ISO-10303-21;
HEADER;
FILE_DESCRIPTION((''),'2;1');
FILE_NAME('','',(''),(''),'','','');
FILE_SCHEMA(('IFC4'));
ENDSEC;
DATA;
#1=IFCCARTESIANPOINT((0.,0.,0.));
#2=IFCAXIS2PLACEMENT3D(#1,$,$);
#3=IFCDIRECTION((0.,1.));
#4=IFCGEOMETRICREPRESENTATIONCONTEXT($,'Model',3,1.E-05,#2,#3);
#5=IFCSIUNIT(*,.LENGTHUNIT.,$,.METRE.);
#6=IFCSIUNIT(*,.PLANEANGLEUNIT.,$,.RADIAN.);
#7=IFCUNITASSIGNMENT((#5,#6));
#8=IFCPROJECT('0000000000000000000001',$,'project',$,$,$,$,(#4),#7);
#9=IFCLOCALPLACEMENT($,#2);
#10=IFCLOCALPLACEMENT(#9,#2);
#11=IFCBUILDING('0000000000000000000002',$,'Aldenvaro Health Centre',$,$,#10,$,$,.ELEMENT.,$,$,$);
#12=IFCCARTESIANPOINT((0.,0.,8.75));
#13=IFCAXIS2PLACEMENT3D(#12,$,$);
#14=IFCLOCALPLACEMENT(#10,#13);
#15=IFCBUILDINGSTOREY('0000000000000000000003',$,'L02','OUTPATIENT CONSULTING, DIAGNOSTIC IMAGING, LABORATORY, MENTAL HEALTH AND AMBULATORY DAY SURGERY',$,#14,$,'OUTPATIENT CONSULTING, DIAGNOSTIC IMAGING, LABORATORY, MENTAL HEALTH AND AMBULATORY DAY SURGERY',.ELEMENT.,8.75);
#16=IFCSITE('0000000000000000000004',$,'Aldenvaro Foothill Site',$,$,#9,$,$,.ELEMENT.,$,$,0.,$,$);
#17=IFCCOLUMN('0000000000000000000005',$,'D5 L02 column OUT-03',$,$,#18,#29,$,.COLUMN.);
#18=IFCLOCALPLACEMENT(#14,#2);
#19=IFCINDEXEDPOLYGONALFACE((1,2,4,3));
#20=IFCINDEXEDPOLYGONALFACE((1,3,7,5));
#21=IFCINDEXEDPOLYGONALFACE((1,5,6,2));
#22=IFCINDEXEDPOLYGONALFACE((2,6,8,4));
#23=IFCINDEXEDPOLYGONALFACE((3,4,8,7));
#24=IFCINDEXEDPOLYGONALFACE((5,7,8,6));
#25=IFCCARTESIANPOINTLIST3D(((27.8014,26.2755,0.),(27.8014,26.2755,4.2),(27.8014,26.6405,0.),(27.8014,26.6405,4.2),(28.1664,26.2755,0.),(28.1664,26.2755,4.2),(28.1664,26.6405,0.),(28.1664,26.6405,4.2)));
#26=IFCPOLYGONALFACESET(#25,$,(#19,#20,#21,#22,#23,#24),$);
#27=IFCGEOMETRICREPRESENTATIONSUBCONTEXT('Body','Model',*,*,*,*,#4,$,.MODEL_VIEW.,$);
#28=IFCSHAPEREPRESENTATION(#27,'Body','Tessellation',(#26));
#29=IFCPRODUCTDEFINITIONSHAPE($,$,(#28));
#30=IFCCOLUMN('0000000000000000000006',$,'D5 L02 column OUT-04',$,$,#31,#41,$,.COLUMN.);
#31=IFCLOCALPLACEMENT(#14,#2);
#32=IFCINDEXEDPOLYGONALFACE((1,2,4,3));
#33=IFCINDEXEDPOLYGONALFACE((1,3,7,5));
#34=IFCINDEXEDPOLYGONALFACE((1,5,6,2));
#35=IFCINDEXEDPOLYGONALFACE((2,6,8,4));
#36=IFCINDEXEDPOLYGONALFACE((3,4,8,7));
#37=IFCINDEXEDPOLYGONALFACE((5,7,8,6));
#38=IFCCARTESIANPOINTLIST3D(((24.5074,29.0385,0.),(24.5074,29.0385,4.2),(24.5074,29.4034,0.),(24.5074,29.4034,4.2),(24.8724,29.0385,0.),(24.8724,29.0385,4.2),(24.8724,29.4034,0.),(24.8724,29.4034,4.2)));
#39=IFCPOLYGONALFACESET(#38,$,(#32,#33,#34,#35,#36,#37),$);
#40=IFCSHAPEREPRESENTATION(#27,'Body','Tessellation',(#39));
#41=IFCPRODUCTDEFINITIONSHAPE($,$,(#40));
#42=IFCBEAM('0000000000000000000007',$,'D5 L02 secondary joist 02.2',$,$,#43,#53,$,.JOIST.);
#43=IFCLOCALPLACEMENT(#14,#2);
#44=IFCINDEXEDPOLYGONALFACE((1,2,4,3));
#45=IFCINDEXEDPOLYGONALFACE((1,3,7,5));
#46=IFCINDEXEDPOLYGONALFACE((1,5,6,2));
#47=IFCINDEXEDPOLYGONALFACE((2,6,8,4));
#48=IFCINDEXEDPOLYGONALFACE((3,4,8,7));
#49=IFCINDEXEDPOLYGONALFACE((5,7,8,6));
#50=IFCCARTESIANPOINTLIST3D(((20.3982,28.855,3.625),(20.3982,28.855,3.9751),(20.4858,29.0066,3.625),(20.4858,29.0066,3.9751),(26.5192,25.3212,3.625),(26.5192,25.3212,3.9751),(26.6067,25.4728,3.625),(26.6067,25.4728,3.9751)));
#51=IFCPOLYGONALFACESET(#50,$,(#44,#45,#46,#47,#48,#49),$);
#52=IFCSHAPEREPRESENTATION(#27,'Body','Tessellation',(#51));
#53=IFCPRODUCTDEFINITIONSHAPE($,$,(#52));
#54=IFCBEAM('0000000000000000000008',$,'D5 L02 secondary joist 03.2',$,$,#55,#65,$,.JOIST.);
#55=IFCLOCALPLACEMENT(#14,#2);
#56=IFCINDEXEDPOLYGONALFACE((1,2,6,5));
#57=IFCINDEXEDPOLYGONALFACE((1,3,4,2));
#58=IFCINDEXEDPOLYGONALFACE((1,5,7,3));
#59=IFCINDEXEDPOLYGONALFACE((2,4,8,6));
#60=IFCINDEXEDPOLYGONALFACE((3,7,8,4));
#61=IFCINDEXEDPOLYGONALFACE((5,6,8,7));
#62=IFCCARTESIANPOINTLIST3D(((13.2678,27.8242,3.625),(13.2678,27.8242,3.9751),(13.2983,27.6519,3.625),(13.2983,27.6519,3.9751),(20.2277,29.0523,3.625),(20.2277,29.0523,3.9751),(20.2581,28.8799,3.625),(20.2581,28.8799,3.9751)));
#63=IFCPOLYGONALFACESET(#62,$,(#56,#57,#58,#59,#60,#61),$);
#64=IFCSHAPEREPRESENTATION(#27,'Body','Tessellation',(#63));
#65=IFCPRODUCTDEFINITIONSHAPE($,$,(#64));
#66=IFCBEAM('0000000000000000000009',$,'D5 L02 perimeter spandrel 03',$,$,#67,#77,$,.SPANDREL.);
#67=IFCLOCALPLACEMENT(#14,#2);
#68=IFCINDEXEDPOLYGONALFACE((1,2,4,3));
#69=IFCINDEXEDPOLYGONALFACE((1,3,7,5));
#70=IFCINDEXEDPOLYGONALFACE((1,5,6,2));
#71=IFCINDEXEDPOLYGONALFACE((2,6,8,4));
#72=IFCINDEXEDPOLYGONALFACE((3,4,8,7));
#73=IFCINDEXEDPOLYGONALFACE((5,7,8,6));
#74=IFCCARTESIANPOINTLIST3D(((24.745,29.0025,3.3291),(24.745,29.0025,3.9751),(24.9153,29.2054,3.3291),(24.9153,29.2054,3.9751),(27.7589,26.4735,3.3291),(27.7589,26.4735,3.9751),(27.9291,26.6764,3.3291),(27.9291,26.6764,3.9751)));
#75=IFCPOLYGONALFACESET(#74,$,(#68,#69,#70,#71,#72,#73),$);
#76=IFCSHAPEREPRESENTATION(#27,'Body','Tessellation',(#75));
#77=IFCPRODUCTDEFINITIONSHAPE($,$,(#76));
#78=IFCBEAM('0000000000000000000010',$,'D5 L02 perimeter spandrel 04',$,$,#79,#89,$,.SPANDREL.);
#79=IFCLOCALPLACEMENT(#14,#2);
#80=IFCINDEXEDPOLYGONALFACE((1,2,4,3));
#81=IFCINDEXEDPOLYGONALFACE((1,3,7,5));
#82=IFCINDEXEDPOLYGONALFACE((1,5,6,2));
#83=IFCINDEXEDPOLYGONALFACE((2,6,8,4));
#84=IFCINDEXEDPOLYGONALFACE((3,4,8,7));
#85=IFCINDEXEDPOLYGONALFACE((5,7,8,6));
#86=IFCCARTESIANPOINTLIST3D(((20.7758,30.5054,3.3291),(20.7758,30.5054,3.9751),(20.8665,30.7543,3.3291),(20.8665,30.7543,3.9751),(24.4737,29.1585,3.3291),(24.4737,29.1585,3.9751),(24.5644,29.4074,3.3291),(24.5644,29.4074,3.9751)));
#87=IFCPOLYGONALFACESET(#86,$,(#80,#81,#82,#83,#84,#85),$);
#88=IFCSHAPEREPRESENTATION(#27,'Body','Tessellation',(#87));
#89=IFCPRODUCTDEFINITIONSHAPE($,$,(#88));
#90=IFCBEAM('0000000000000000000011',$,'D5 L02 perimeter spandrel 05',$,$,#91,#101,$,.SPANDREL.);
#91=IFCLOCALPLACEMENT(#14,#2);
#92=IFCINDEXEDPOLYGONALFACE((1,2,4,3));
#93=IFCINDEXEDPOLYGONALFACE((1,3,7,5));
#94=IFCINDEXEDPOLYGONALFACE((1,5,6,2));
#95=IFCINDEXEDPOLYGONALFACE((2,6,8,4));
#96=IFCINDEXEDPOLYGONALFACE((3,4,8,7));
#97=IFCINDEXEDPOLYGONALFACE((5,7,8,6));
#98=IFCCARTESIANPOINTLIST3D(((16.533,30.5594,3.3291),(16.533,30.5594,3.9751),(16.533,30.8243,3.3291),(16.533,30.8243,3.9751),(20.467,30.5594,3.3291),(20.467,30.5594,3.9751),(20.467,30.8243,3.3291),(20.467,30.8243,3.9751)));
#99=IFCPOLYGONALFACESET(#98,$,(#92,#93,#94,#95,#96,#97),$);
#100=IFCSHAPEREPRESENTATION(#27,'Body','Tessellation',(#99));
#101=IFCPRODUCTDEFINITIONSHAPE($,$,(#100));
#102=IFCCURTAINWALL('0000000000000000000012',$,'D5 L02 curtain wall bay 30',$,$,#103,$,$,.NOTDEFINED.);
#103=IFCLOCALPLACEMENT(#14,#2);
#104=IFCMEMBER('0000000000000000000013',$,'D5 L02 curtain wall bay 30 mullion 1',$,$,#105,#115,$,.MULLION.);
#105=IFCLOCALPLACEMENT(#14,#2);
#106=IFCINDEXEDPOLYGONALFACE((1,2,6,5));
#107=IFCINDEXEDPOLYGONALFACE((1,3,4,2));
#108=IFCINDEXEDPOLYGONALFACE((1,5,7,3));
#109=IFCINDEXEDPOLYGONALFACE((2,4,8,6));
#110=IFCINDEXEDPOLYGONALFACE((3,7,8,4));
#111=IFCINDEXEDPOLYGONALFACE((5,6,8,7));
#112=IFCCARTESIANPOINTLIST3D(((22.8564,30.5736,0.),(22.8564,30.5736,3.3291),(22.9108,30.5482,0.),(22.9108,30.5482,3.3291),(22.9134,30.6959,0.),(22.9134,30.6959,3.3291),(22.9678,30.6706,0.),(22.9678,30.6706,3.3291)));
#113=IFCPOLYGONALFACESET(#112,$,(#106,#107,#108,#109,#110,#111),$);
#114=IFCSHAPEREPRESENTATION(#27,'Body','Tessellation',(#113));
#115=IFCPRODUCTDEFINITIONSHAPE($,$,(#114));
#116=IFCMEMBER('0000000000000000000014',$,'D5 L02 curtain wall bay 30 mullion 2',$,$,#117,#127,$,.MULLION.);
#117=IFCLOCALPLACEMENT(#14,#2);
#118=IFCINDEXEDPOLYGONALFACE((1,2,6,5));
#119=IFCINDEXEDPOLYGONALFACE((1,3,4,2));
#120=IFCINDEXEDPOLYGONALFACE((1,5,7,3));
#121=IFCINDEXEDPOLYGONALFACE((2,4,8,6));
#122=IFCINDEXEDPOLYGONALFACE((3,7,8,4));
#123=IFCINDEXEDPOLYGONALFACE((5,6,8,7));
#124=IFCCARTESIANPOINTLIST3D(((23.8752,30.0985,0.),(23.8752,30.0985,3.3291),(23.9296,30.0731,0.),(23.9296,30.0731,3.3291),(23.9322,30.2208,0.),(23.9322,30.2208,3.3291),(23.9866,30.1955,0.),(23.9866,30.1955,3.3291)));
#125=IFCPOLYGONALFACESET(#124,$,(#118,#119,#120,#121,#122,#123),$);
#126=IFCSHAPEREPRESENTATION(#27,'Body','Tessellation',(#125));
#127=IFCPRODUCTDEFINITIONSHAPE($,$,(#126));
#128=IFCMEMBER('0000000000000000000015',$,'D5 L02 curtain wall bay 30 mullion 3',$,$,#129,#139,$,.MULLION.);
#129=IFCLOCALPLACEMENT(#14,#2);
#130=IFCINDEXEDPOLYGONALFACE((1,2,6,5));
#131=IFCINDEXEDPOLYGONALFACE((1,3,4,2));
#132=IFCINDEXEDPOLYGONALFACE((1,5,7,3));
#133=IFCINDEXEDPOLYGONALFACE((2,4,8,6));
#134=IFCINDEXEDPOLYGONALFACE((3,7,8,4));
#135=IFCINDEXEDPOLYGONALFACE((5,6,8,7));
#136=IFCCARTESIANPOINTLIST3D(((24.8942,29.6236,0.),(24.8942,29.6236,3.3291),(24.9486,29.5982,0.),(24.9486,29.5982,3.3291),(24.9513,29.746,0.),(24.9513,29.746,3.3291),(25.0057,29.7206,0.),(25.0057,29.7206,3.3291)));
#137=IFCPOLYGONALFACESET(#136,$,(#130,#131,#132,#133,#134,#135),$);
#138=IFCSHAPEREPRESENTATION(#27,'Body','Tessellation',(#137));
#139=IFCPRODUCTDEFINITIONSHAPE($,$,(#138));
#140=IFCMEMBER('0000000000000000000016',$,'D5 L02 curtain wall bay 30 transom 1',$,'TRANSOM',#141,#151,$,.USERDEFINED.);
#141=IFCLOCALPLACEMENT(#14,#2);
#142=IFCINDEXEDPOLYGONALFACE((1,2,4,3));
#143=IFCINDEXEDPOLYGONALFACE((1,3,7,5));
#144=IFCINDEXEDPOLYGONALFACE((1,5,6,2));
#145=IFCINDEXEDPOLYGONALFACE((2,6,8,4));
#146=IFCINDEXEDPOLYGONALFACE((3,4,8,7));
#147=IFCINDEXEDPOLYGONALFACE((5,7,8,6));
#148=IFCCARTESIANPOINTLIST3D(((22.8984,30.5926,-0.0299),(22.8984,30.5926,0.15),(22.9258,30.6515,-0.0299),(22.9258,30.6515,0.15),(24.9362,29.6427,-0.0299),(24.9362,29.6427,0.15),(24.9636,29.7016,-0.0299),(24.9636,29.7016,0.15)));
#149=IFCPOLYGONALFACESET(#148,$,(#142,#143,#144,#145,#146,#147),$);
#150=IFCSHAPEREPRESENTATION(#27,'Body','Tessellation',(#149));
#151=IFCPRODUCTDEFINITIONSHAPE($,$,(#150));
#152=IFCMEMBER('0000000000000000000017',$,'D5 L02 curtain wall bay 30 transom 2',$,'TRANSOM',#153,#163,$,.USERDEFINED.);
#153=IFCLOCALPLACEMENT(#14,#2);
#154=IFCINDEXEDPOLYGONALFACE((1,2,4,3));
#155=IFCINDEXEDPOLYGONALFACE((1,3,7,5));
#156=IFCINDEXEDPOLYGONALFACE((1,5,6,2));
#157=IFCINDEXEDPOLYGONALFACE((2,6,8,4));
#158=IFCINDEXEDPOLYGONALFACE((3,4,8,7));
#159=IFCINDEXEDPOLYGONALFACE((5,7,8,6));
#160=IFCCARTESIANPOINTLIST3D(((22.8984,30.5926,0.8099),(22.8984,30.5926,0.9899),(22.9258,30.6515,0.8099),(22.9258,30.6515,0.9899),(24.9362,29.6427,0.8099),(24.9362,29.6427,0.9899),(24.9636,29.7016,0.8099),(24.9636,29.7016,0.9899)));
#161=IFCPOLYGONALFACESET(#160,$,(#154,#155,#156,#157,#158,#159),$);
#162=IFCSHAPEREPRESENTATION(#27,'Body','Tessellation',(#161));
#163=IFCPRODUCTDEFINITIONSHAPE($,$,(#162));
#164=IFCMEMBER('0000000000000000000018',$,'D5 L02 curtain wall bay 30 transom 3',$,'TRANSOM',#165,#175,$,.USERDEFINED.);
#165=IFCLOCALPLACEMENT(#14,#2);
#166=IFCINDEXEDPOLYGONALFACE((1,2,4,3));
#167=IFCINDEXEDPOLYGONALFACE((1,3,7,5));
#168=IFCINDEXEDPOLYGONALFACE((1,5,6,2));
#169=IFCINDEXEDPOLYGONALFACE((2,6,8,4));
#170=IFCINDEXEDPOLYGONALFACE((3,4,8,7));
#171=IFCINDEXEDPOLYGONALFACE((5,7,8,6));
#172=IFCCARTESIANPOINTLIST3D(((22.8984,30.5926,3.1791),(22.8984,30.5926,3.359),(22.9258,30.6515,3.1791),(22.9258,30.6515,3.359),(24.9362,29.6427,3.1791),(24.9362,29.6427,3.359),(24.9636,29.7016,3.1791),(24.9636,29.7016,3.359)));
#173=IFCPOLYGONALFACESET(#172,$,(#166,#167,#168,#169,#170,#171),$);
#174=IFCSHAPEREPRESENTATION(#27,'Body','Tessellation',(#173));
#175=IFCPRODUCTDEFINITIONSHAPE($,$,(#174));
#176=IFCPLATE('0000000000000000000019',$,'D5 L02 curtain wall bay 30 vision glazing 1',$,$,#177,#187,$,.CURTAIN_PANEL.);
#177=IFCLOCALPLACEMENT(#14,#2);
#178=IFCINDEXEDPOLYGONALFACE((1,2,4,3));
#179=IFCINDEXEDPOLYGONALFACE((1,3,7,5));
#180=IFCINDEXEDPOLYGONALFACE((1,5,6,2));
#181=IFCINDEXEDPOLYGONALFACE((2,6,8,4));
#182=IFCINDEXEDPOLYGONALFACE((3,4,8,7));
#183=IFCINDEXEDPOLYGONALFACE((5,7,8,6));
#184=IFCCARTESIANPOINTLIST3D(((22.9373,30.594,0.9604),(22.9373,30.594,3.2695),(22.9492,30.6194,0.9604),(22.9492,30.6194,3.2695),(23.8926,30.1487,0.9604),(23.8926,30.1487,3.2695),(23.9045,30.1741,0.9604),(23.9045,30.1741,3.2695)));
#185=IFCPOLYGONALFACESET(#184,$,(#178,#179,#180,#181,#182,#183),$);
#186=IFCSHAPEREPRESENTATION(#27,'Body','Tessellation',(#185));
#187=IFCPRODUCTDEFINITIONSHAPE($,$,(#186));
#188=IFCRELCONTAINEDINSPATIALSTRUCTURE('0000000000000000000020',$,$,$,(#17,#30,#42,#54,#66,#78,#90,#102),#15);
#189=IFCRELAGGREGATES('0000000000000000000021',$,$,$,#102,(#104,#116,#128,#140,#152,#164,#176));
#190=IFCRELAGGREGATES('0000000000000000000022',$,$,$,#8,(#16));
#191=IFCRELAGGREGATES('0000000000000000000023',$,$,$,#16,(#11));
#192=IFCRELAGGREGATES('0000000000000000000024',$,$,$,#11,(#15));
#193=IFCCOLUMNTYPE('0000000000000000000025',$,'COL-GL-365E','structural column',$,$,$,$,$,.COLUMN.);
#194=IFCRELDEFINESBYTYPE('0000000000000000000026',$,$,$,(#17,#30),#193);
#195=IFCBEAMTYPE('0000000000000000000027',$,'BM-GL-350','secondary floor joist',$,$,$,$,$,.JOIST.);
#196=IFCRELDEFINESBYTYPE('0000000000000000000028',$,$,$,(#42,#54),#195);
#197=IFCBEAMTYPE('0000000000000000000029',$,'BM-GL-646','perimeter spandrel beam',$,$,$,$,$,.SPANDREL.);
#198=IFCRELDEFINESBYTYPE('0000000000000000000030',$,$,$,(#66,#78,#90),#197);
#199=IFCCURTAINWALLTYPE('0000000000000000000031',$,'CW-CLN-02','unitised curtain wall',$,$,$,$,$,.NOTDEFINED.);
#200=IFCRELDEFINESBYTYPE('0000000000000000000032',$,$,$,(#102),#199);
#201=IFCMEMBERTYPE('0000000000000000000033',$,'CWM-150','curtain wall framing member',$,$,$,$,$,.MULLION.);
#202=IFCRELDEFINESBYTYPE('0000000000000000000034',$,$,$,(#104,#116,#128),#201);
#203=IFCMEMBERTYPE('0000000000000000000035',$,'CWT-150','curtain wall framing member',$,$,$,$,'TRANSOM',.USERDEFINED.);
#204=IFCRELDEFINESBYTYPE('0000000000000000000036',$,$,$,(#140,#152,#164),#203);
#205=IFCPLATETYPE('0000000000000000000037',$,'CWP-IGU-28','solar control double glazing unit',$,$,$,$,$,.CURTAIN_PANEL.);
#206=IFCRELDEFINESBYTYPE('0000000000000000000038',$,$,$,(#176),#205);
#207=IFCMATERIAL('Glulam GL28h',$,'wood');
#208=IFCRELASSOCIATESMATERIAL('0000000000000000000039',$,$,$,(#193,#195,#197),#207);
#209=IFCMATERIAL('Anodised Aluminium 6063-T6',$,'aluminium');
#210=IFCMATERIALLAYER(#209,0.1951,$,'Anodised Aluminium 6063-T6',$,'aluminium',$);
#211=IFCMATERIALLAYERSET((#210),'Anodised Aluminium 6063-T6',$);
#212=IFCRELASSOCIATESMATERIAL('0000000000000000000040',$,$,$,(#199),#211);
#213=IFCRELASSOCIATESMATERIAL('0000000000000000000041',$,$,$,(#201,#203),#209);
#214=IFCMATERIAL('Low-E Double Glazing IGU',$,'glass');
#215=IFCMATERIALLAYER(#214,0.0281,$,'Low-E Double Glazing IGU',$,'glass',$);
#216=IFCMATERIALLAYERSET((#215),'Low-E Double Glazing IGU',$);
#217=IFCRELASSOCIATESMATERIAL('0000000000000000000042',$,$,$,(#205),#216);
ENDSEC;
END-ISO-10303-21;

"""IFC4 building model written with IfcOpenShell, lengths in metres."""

from ifc_helpers import new_model, si_unit, direction, frame, origin, origin_2d, place, context, subcontext, project, spatial, rectangle, extrude, material, layer, layer_set, material_profile, profile_set, type_object, element, aggregate, save


model = new_model("IFC4")

# Units and contexts
model_context = context("Model", 3, precision=1e-05, world=origin(), true_north=direction((0.0, 1.0)))
body_context = subcontext(model_context, "Body", "Model", "MODEL_VIEW")
ifc_project = project(units=[si_unit("LENGTHUNIT", "METRE"), si_unit("PLANEANGLEUNIT", "RADIAN")], contexts=[model_context])

# Site, building, storey
site_placement = place(None, origin())
site = spatial("IfcSite", under=ifc_project, at=site_placement, Name="Aldenvaro Foothill Site", CompositionType="ELEMENT", RefElevation=0.0)
building_placement = place(site_placement, origin())
building = spatial("IfcBuilding", under=site, at=building_placement, Name="Aldenvaro Health Centre", CompositionType="ELEMENT")
storey_placement = place(building_placement, frame((0.0, 0.0, 8.75)))
storey = spatial("IfcBuildingStorey", under=building, at=storey_placement, Name="L02", Description="OUTPATIENT CONSULTING, DIAGNOSTIC IMAGING, LABORATORY, MENTAL HEALTH AND AMBULATORY DAY SURGERY", LongName="OUTPATIENT CONSULTING, DIAGNOSTIC IMAGING, LABORATORY, MENTAL HEALTH AND AMBULATORY DAY SURGERY", CompositionType="ELEMENT", Elevation=8.75)

# Columns
ifc_material_1 = material(Name="Glulam GL28h", Category="wood")
ifc_material_profile_1 = material_profile(ifc_material_1, rectangle(XDim=0.365, YDim=0.365, at=origin_2d()), Name="GL 365x365", Category="wood")
ifc_profile_set_1 = profile_set([ifc_material_profile_1], Name="Glulam GL28h")
column_type = type_object("IfcColumnType", Name="COL-GL-365E", Description="structural column", PredefinedType="COLUMN", material=ifc_profile_set_1)
for number, where, z_axis, x_axis, name in (
    (1, (27.9839, 26.458, 0.0), (0.0, 0.0, 1.0), (1.0, 0.0, 0.0), "D5 L02 column OUT-03"),
    (2, (24.6899, 29.2209, 0.0), (0.0, 0.0, 1.0), (1.0, 0.0, 0.0), "D5 L02 column OUT-04"),
):
    element("IfcColumn", number, at=place(storey_placement, frame(where, z_axis=z_axis, x_axis=x_axis)), inside=storey, type_object=column_type, Name=name, PredefinedType="COLUMN", context=body_context, shape_type="SweptSolid", body=[
        extrude(rectangle(XDim=0.365, YDim=0.365, at=origin_2d()), origin(), (0.0, 0.0, 1.0), 4.2),
    ])

# Beams
ifc_material_profile_2 = material_profile(ifc_material_1, rectangle(XDim=0.175, YDim=0.3501, at=origin_2d()), Name="GL 175x350", Category="wood")
ifc_profile_set_2 = profile_set([ifc_material_profile_2], Name="Glulam GL28h")
beam_type_1 = type_object("IfcBeamType", Name="BM-GL-350", Description="secondary floor joist", PredefinedType="JOIST", material=ifc_profile_set_2)
beam_1_placement = place(storey_placement, frame((26.563, 25.397, 3.8), z_axis=(-0.86603, 0.499992, 0.0), x_axis=(-0.499992, -0.86603, 0.0)))
element("IfcBeam", 3, at=beam_1_placement, inside=storey, type_object=beam_type_1, Name="D5 L02 secondary joist 02.2", PredefinedType="JOIST", context=body_context, shape_type="SweptSolid", body=[
    extrude(rectangle(XDim=0.175, YDim=0.3501, at=origin_2d()), origin(), (0.0, 0.0, 1.0), 7.0679),
])
beam_2_placement = place(storey_placement, frame((20.2429, 28.9661, 3.8), z_axis=(-0.984788, -0.173758, 0.0), x_axis=(0.173758, -0.984788, 0.0)))
element("IfcBeam", 4, at=beam_2_placement, inside=storey, type_object=beam_type_1, Name="D5 L02 secondary joist 03.2", PredefinedType="JOIST", context=body_context, shape_type="SweptSolid", body=[
    extrude(rectangle(XDim=0.175, YDim=0.3501, at=origin_2d()), origin(), (0.0, 0.0, 1.0), 7.0674),
])
ifc_material_profile_3 = material_profile(ifc_material_1, rectangle(XDim=0.2649, YDim=0.646, at=origin_2d()), Name="GL 265x646", Category="wood")
ifc_profile_set_3 = profile_set([ifc_material_profile_3], Name="Glulam GL28h")
beam_type_2 = type_object("IfcBeamType", Name="BM-GL-646", Description="perimeter spandrel beam", PredefinedType="SPANDREL", material=ifc_profile_set_3)
beam_3_placement = place(storey_placement, frame((27.844, 26.575, 3.6521), z_axis=(-0.766035, 0.642799, 0.0), x_axis=(-0.642799, -0.766035, 0.0)))
element("IfcBeam", 5, at=beam_3_placement, inside=storey, type_object=beam_type_2, Name="D5 L02 perimeter spandrel 03", PredefinedType="SPANDREL", context=body_context, shape_type="SweptSolid", body=[
    extrude(rectangle(XDim=0.2649, YDim=0.646, at=origin_2d()), origin(), (0.0, 0.0, 1.0), 3.9343),
])
beam_4_placement = place(storey_placement, frame((24.519, 29.283, 3.6521), z_axis=(-0.939614, 0.342236, 0.0), x_axis=(-0.342236, -0.939614, 0.0)))
element("IfcBeam", 6, at=beam_4_placement, inside=storey, type_object=beam_type_2, Name="D5 L02 perimeter spandrel 04", PredefinedType="SPANDREL", context=body_context, shape_type="SweptSolid", body=[
    extrude(rectangle(XDim=0.2649, YDim=0.646, at=origin_2d()), origin(), (0.0, 0.0, 1.0), 3.9355),
])
beam_5_placement = place(storey_placement, frame((20.467, 30.6919, 3.6521), z_axis=(-1.0, 0.0, 0.0), x_axis=(0.0, -1.0, 0.0)))
element("IfcBeam", 7, at=beam_5_placement, inside=storey, type_object=beam_type_2, Name="D5 L02 perimeter spandrel 05", PredefinedType="SPANDREL", context=body_context, shape_type="SweptSolid", body=[
    extrude(rectangle(XDim=0.2649, YDim=0.646, at=origin_2d()), origin(), (0.0, 0.0, 1.0), 3.9341),
])

# Curtain wall, members, plate
ifc_material_2 = material(Name="Anodised Aluminium 6063-T6", Category="aluminium")
ifc_layer_1 = layer(ifc_material_2, 0.1951, Name="Anodised Aluminium 6063-T6", Category="aluminium")
ifc_layer_set_1 = layer_set([ifc_layer_1], Name="Anodised Aluminium 6063-T6")
curtain_wall_type = type_object("IfcCurtainWallType", Name="CW-CLN-02", Description="unitised curtain wall", PredefinedType="NOTDEFINED", material=ifc_layer_set_1)
curtain_wall_placement = place(storey_placement, origin())
curtain_wall = element("IfcCurtainWall", 8, at=curtain_wall_placement, inside=storey, type_object=curtain_wall_type, Name="D5 L02 curtain wall bay 30", PredefinedType="NOTDEFINED")
ifc_material_profile_4 = material_profile(ifc_material_2, rectangle(XDim=0.0601, YDim=0.135, at=origin_2d()), Name="ALU 60x135", Category="aluminium")
ifc_profile_set_4 = profile_set([ifc_material_profile_4], Name="Anodised Aluminium 6063-T6")
member_type_1 = type_object("IfcMemberType", Name="CWM-150", Description="curtain wall framing member", PredefinedType="MULLION", material=ifc_profile_set_4)
member_1_placement = place(storey_placement, frame((22.9121, 30.6221, 0.0), z_axis=(0.0, 0.0, 1.0), x_axis=(0.906365, -0.422496, 0.0)))
member_1 = element("IfcMember", 9, at=member_1_placement, type_object=member_type_1, Name="D5 L02 curtain wall bay 30 mullion 1", PredefinedType="MULLION", context=body_context, shape_type="SweptSolid", body=[
    extrude(rectangle(XDim=0.0601, YDim=0.135, at=origin_2d()), origin(), (0.0, 0.0, 1.0), 3.3291),
])
member_2_placement = place(storey_placement, frame((23.9309, 30.147, 0.0), z_axis=(0.0, 0.0, 1.0), x_axis=(0.906365, -0.422496, 0.0)))
member_2 = element("IfcMember", 10, at=member_2_placement, type_object=member_type_1, Name="D5 L02 curtain wall bay 30 mullion 2", PredefinedType="MULLION", context=body_context, shape_type="SweptSolid", body=[
    extrude(rectangle(XDim=0.0601, YDim=0.135, at=origin_2d()), origin(), (0.0, 0.0, 1.0), 3.3291),
])
member_3_placement = place(storey_placement, frame((24.95, 29.6721, 0.0), z_axis=(0.0, 0.0, 1.0), x_axis=(0.906365, -0.422496, 0.0)))
member_3 = element("IfcMember", 11, at=member_3_placement, type_object=member_type_1, Name="D5 L02 curtain wall bay 30 mullion 3", PredefinedType="MULLION", context=body_context, shape_type="SweptSolid", body=[
    extrude(rectangle(XDim=0.0601, YDim=0.135, at=origin_2d()), origin(), (0.0, 0.0, 1.0), 3.3291),
])
ifc_material_profile_5 = material_profile(ifc_material_2, rectangle(XDim=0.0649, YDim=0.1799, at=origin_2d()), Name="ALU 65x180", Category="aluminium")
ifc_profile_set_5 = profile_set([ifc_material_profile_5], Name="Anodised Aluminium 6063-T6")
member_type_2 = type_object("IfcMemberType", Name="CWT-150", Description="curtain wall framing member", ElementType="TRANSOM", PredefinedType="USERDEFINED", material=ifc_profile_set_5)
member_4_placement = place(storey_placement, frame((22.9121, 30.6221, 0.0601), z_axis=(0.906361, -0.422505, 0.0), x_axis=(0.422505, 0.906361, 0.0)))
member_4 = element("IfcMember", 12, at=member_4_placement, type_object=member_type_2, Name="D5 L02 curtain wall bay 30 transom 1", ObjectType="TRANSOM", PredefinedType="USERDEFINED", context=body_context, shape_type="SweptSolid", body=[
    extrude(rectangle(XDim=0.0649, YDim=0.1799, at=origin_2d()), origin(), (0.0, 0.0, 1.0), 2.2483),
])
member_5_placement = place(storey_placement, frame((22.9121, 30.6221, 0.8999), z_axis=(0.906361, -0.422505, 0.0), x_axis=(0.422505, 0.906361, 0.0)))
member_5 = element("IfcMember", 13, at=member_5_placement, type_object=member_type_2, Name="D5 L02 curtain wall bay 30 transom 2", ObjectType="TRANSOM", PredefinedType="USERDEFINED", context=body_context, shape_type="SweptSolid", body=[
    extrude(rectangle(XDim=0.0649, YDim=0.1799, at=origin_2d()), origin(), (0.0, 0.0, 1.0), 2.2483),
])
member_6_placement = place(storey_placement, frame((22.9121, 30.6221, 3.269), z_axis=(0.906361, -0.422505, 0.0), x_axis=(0.422505, 0.906361, 0.0)))
member_6 = element("IfcMember", 14, at=member_6_placement, type_object=member_type_2, Name="D5 L02 curtain wall bay 30 transom 3", ObjectType="TRANSOM", PredefinedType="USERDEFINED", context=body_context, shape_type="SweptSolid", body=[
    extrude(rectangle(XDim=0.0649, YDim=0.1799, at=origin_2d()), origin(), (0.0, 0.0, 1.0), 2.2483),
])
ifc_material_3 = material(Name="Low-E Double Glazing IGU", Category="glass")
ifc_layer_2 = layer(ifc_material_3, 0.0281, Name="Low-E Double Glazing IGU", Category="glass")
ifc_layer_set_2 = layer_set([ifc_layer_2], Name="Low-E Double Glazing IGU")
plate_type_1 = type_object("IfcPlateType", Name="CWP-IGU-28", Description="solar control double glazing unit", PredefinedType="CURTAIN_PANEL", material=ifc_layer_set_2)
plate_1_placement = place(storey_placement, frame((23.4209, 30.384, 0.9604), z_axis=(0.0, 0.0, 1.0), x_axis=(0.906365, -0.422496, 0.0)))
plate_1 = element("IfcPlate", 15, at=plate_1_placement, type_object=plate_type_1, Name="D5 L02 curtain wall bay 30 vision glazing 1", PredefinedType="CURTAIN_PANEL", context=body_context, shape_type="SweptSolid", body=[
    extrude(rectangle(XDim=1.054, YDim=0.0281, at=origin_2d()), origin(), (0.0, 0.0, 1.0), 2.3091),
])
aggregate(curtain_wall, [member_1, member_2, member_3, member_4, member_5, member_6, plate_1])

save(model, "model.ifc")
